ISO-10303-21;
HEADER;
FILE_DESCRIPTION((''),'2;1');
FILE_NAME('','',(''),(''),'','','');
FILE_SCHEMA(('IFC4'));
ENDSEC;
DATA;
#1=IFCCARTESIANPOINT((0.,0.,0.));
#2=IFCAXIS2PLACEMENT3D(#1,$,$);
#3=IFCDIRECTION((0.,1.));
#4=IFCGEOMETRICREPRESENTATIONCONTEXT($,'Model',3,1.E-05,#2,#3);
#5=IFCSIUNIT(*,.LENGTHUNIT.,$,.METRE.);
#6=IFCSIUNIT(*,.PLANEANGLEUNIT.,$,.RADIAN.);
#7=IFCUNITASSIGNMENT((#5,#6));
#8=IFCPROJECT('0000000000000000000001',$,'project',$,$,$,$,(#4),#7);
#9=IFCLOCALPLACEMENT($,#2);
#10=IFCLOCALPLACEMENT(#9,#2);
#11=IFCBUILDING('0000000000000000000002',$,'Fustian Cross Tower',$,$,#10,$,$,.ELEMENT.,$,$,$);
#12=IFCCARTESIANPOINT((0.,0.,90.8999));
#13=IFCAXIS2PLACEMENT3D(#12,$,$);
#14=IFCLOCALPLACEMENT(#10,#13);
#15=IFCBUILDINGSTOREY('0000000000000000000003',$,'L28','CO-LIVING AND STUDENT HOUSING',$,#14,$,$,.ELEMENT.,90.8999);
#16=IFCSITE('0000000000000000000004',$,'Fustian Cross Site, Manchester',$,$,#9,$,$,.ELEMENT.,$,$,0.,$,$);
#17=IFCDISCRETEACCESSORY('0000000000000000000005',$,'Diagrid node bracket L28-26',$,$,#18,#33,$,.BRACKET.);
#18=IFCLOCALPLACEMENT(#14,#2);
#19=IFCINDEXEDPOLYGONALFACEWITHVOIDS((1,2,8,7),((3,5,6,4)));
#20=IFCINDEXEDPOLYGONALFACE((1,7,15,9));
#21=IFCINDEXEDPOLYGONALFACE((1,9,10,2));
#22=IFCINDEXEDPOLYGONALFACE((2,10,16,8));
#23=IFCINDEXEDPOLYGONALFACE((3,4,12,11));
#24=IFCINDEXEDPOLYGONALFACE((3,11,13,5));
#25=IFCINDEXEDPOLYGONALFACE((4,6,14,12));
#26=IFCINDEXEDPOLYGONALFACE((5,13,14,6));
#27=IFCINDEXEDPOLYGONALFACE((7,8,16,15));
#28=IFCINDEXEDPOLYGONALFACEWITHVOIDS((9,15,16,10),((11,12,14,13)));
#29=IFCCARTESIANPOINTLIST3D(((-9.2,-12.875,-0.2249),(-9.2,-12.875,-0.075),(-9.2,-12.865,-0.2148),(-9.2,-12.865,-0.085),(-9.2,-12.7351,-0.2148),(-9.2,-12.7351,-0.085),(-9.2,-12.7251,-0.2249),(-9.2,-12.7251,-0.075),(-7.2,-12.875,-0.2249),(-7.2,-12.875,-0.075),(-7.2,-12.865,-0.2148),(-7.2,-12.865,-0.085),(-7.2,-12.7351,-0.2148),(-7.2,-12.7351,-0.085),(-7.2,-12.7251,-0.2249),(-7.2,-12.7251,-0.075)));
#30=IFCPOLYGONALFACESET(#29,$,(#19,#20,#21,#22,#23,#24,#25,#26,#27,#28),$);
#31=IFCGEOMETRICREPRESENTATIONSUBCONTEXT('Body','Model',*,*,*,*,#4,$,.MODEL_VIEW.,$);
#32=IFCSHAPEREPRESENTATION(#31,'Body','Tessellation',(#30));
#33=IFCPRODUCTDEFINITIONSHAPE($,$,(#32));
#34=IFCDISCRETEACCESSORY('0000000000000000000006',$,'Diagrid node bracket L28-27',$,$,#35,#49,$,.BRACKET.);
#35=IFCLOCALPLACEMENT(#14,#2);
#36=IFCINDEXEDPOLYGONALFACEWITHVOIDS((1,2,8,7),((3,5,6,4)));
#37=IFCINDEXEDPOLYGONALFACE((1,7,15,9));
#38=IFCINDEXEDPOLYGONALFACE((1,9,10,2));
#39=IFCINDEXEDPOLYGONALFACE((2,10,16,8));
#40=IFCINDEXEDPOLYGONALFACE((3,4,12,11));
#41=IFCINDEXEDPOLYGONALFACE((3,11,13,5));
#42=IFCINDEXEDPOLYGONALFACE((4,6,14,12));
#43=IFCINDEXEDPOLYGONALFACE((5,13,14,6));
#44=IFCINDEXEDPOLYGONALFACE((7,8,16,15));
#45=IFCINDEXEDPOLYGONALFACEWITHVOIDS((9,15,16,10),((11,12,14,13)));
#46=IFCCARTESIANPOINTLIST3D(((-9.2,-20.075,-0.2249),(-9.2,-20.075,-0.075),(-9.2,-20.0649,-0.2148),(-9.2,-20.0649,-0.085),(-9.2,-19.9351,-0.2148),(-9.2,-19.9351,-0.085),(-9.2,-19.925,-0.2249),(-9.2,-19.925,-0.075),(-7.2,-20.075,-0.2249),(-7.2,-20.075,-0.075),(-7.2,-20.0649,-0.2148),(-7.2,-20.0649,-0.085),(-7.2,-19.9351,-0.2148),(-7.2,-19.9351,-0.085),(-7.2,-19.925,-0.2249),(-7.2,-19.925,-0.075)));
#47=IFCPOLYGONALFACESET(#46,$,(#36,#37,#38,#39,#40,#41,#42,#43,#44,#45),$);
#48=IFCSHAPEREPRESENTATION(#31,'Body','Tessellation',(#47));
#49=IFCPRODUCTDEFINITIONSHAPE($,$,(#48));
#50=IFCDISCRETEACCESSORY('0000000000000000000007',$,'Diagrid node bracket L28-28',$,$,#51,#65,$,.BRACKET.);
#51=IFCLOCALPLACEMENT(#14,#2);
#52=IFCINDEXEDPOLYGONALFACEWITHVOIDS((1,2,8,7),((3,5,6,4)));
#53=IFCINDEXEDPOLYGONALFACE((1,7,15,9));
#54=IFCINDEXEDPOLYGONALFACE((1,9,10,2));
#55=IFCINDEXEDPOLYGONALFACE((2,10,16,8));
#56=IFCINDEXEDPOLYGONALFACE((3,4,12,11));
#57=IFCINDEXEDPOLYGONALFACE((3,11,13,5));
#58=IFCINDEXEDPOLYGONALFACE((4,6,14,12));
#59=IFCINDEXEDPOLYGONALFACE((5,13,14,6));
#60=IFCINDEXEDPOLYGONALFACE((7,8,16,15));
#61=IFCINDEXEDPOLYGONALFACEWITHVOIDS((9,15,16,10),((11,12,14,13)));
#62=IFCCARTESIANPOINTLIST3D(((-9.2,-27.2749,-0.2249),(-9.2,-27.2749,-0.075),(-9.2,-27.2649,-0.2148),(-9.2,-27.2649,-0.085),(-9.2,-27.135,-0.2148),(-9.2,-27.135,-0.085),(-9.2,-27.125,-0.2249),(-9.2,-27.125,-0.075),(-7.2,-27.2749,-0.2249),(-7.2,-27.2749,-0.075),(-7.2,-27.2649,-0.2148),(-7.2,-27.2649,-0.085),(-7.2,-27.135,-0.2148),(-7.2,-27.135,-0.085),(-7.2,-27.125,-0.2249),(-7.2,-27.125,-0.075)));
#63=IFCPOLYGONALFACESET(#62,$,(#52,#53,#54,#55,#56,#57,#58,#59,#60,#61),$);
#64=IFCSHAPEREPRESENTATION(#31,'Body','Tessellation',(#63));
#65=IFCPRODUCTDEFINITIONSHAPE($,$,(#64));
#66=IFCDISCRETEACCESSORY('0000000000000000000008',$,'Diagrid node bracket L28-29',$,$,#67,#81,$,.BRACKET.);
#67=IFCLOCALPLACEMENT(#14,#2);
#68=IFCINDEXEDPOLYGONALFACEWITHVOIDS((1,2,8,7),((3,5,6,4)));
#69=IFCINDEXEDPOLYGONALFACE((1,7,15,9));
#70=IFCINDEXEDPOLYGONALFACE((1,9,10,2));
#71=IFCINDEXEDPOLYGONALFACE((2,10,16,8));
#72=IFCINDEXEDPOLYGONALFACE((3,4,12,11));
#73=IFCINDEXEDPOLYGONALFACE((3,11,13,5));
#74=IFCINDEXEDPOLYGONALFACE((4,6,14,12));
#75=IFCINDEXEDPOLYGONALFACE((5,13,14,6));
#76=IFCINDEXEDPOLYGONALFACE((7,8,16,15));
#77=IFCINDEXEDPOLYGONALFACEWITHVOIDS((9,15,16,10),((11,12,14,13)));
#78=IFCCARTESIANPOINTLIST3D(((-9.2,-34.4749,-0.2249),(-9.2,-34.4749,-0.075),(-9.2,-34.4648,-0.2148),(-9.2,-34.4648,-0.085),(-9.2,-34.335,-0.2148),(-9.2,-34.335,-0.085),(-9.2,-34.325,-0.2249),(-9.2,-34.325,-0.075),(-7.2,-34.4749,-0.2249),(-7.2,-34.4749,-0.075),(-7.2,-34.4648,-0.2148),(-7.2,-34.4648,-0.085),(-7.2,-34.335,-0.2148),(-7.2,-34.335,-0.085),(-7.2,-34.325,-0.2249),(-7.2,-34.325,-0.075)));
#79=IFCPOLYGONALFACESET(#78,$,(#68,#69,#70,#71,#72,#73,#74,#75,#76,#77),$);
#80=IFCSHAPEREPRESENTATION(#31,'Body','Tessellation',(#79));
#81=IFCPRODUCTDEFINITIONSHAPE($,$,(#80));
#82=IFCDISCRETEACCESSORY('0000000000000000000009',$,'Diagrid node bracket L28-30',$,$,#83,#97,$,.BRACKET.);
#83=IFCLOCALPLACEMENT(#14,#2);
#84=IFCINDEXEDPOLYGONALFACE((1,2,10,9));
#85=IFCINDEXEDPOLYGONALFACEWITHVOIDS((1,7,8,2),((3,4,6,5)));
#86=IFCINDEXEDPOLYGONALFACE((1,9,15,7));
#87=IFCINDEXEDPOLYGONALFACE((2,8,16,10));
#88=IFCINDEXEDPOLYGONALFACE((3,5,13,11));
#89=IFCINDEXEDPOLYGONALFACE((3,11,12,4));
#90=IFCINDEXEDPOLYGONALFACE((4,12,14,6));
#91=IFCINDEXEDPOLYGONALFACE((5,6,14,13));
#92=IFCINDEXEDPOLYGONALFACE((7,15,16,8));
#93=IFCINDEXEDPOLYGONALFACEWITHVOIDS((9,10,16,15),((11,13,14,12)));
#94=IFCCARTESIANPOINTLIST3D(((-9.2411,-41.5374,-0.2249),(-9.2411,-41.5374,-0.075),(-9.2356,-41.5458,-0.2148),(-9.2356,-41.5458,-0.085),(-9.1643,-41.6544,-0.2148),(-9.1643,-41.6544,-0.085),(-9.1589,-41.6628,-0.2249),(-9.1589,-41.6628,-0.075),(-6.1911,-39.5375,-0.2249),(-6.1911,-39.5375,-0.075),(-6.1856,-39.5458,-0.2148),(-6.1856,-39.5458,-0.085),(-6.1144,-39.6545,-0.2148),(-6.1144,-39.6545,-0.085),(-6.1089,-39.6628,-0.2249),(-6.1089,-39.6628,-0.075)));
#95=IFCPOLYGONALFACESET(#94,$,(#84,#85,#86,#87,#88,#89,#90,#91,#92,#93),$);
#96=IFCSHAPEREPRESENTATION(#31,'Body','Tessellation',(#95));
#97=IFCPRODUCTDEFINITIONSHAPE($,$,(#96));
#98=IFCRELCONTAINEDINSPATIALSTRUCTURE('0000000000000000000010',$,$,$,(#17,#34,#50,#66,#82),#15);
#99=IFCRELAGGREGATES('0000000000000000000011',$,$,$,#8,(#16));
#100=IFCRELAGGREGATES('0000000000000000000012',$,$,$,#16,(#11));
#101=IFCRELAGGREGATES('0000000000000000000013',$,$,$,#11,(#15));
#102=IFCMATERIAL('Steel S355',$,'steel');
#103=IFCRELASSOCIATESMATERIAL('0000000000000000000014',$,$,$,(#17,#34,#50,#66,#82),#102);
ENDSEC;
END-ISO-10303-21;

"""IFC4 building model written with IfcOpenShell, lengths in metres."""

from ifc_helpers import new_model, si_unit, direction, frame, origin, origin_2d, place, context, subcontext, project, spatial, hollow_rectangle, extrude, material, element, save


model = new_model("IFC4")

# Units and contexts
model_context = context("Model", 3, precision=1e-05, world=origin(), true_north=direction((0.0, 1.0)))
body_context = subcontext(model_context, "Body", "Model", "MODEL_VIEW")
ifc_project = project(units=[si_unit("LENGTHUNIT", "METRE"), si_unit("PLANEANGLEUNIT", "RADIAN")], contexts=[model_context])

# Site, building, storey
site_placement = place(None, origin())
site = spatial("IfcSite", under=ifc_project, at=site_placement, Name="Fustian Cross Site, Manchester", CompositionType="ELEMENT", RefElevation=0.0)
building_placement = place(site_placement, origin())
building = spatial("IfcBuilding", under=site, at=building_placement, Name="Fustian Cross Tower", CompositionType="ELEMENT")
storey_placement = place(building_placement, frame((0.0, 0.0, 90.8999)))
storey = spatial("IfcBuildingStorey", under=building, at=storey_placement, Name="L28", Description="CO-LIVING AND STUDENT HOUSING", CompositionType="ELEMENT", Elevation=90.8999)

# Discrete accessories
ifc_material_1 = material(Name="Steel S355", Category="steel")
for number, where, z_axis, x_axis, name in (
    (1, (-9.2, -12.8, -0.1499), (1.0, 0.0, 0.0), (0.0, 1.0, 0.0), "Diagrid node bracket L28-26"),
    (2, (-9.2, -20.0, -0.1499), (1.0, 0.0, 0.0), (0.0, 1.0, 0.0), "Diagrid node bracket L28-27"),
    (3, (-9.2, -27.2, -0.1499), (1.0, 0.0, 0.0), (0.0, 1.0, 0.0), "Diagrid node bracket L28-28"),
    (4, (-9.2, -34.3999, -0.1499), (1.0, 0.0, 0.0), (0.0, 1.0, 0.0), "Diagrid node bracket L28-29"),
):
    element("IfcDiscreteAccessory", number, at=place(storey_placement, frame(where, z_axis=z_axis, x_axis=x_axis)), inside=storey, material=ifc_material_1, Name=name, PredefinedType="BRACKET", context=body_context, shape_type="SweptSolid", body=[
        extrude(hollow_rectangle(XDim=0.1499, YDim=0.1499, WallThickness=0.01, at=origin_2d()), origin(), (0.0, 0.0, 1.0), 2.0),
    ])
discrete_accessory_placement = place(storey_placement, frame((-9.2, -41.6001, -0.1499), z_axis=(0.836248, 0.548351, 0.0), x_axis=(-0.548351, 0.836248, 0.0)))
element("IfcDiscreteAccessory", 5, at=discrete_accessory_placement, inside=storey, material=ifc_material_1, Name="Diagrid node bracket L28-30", PredefinedType="BRACKET", context=body_context, shape_type="SweptSolid", body=[
    extrude(hollow_rectangle(XDim=0.1499, YDim=0.1499, WallThickness=0.01, at=origin_2d()), origin(), (0.0, 0.0, 1.0), 3.6472),
])

save(model, "model.ifc")
